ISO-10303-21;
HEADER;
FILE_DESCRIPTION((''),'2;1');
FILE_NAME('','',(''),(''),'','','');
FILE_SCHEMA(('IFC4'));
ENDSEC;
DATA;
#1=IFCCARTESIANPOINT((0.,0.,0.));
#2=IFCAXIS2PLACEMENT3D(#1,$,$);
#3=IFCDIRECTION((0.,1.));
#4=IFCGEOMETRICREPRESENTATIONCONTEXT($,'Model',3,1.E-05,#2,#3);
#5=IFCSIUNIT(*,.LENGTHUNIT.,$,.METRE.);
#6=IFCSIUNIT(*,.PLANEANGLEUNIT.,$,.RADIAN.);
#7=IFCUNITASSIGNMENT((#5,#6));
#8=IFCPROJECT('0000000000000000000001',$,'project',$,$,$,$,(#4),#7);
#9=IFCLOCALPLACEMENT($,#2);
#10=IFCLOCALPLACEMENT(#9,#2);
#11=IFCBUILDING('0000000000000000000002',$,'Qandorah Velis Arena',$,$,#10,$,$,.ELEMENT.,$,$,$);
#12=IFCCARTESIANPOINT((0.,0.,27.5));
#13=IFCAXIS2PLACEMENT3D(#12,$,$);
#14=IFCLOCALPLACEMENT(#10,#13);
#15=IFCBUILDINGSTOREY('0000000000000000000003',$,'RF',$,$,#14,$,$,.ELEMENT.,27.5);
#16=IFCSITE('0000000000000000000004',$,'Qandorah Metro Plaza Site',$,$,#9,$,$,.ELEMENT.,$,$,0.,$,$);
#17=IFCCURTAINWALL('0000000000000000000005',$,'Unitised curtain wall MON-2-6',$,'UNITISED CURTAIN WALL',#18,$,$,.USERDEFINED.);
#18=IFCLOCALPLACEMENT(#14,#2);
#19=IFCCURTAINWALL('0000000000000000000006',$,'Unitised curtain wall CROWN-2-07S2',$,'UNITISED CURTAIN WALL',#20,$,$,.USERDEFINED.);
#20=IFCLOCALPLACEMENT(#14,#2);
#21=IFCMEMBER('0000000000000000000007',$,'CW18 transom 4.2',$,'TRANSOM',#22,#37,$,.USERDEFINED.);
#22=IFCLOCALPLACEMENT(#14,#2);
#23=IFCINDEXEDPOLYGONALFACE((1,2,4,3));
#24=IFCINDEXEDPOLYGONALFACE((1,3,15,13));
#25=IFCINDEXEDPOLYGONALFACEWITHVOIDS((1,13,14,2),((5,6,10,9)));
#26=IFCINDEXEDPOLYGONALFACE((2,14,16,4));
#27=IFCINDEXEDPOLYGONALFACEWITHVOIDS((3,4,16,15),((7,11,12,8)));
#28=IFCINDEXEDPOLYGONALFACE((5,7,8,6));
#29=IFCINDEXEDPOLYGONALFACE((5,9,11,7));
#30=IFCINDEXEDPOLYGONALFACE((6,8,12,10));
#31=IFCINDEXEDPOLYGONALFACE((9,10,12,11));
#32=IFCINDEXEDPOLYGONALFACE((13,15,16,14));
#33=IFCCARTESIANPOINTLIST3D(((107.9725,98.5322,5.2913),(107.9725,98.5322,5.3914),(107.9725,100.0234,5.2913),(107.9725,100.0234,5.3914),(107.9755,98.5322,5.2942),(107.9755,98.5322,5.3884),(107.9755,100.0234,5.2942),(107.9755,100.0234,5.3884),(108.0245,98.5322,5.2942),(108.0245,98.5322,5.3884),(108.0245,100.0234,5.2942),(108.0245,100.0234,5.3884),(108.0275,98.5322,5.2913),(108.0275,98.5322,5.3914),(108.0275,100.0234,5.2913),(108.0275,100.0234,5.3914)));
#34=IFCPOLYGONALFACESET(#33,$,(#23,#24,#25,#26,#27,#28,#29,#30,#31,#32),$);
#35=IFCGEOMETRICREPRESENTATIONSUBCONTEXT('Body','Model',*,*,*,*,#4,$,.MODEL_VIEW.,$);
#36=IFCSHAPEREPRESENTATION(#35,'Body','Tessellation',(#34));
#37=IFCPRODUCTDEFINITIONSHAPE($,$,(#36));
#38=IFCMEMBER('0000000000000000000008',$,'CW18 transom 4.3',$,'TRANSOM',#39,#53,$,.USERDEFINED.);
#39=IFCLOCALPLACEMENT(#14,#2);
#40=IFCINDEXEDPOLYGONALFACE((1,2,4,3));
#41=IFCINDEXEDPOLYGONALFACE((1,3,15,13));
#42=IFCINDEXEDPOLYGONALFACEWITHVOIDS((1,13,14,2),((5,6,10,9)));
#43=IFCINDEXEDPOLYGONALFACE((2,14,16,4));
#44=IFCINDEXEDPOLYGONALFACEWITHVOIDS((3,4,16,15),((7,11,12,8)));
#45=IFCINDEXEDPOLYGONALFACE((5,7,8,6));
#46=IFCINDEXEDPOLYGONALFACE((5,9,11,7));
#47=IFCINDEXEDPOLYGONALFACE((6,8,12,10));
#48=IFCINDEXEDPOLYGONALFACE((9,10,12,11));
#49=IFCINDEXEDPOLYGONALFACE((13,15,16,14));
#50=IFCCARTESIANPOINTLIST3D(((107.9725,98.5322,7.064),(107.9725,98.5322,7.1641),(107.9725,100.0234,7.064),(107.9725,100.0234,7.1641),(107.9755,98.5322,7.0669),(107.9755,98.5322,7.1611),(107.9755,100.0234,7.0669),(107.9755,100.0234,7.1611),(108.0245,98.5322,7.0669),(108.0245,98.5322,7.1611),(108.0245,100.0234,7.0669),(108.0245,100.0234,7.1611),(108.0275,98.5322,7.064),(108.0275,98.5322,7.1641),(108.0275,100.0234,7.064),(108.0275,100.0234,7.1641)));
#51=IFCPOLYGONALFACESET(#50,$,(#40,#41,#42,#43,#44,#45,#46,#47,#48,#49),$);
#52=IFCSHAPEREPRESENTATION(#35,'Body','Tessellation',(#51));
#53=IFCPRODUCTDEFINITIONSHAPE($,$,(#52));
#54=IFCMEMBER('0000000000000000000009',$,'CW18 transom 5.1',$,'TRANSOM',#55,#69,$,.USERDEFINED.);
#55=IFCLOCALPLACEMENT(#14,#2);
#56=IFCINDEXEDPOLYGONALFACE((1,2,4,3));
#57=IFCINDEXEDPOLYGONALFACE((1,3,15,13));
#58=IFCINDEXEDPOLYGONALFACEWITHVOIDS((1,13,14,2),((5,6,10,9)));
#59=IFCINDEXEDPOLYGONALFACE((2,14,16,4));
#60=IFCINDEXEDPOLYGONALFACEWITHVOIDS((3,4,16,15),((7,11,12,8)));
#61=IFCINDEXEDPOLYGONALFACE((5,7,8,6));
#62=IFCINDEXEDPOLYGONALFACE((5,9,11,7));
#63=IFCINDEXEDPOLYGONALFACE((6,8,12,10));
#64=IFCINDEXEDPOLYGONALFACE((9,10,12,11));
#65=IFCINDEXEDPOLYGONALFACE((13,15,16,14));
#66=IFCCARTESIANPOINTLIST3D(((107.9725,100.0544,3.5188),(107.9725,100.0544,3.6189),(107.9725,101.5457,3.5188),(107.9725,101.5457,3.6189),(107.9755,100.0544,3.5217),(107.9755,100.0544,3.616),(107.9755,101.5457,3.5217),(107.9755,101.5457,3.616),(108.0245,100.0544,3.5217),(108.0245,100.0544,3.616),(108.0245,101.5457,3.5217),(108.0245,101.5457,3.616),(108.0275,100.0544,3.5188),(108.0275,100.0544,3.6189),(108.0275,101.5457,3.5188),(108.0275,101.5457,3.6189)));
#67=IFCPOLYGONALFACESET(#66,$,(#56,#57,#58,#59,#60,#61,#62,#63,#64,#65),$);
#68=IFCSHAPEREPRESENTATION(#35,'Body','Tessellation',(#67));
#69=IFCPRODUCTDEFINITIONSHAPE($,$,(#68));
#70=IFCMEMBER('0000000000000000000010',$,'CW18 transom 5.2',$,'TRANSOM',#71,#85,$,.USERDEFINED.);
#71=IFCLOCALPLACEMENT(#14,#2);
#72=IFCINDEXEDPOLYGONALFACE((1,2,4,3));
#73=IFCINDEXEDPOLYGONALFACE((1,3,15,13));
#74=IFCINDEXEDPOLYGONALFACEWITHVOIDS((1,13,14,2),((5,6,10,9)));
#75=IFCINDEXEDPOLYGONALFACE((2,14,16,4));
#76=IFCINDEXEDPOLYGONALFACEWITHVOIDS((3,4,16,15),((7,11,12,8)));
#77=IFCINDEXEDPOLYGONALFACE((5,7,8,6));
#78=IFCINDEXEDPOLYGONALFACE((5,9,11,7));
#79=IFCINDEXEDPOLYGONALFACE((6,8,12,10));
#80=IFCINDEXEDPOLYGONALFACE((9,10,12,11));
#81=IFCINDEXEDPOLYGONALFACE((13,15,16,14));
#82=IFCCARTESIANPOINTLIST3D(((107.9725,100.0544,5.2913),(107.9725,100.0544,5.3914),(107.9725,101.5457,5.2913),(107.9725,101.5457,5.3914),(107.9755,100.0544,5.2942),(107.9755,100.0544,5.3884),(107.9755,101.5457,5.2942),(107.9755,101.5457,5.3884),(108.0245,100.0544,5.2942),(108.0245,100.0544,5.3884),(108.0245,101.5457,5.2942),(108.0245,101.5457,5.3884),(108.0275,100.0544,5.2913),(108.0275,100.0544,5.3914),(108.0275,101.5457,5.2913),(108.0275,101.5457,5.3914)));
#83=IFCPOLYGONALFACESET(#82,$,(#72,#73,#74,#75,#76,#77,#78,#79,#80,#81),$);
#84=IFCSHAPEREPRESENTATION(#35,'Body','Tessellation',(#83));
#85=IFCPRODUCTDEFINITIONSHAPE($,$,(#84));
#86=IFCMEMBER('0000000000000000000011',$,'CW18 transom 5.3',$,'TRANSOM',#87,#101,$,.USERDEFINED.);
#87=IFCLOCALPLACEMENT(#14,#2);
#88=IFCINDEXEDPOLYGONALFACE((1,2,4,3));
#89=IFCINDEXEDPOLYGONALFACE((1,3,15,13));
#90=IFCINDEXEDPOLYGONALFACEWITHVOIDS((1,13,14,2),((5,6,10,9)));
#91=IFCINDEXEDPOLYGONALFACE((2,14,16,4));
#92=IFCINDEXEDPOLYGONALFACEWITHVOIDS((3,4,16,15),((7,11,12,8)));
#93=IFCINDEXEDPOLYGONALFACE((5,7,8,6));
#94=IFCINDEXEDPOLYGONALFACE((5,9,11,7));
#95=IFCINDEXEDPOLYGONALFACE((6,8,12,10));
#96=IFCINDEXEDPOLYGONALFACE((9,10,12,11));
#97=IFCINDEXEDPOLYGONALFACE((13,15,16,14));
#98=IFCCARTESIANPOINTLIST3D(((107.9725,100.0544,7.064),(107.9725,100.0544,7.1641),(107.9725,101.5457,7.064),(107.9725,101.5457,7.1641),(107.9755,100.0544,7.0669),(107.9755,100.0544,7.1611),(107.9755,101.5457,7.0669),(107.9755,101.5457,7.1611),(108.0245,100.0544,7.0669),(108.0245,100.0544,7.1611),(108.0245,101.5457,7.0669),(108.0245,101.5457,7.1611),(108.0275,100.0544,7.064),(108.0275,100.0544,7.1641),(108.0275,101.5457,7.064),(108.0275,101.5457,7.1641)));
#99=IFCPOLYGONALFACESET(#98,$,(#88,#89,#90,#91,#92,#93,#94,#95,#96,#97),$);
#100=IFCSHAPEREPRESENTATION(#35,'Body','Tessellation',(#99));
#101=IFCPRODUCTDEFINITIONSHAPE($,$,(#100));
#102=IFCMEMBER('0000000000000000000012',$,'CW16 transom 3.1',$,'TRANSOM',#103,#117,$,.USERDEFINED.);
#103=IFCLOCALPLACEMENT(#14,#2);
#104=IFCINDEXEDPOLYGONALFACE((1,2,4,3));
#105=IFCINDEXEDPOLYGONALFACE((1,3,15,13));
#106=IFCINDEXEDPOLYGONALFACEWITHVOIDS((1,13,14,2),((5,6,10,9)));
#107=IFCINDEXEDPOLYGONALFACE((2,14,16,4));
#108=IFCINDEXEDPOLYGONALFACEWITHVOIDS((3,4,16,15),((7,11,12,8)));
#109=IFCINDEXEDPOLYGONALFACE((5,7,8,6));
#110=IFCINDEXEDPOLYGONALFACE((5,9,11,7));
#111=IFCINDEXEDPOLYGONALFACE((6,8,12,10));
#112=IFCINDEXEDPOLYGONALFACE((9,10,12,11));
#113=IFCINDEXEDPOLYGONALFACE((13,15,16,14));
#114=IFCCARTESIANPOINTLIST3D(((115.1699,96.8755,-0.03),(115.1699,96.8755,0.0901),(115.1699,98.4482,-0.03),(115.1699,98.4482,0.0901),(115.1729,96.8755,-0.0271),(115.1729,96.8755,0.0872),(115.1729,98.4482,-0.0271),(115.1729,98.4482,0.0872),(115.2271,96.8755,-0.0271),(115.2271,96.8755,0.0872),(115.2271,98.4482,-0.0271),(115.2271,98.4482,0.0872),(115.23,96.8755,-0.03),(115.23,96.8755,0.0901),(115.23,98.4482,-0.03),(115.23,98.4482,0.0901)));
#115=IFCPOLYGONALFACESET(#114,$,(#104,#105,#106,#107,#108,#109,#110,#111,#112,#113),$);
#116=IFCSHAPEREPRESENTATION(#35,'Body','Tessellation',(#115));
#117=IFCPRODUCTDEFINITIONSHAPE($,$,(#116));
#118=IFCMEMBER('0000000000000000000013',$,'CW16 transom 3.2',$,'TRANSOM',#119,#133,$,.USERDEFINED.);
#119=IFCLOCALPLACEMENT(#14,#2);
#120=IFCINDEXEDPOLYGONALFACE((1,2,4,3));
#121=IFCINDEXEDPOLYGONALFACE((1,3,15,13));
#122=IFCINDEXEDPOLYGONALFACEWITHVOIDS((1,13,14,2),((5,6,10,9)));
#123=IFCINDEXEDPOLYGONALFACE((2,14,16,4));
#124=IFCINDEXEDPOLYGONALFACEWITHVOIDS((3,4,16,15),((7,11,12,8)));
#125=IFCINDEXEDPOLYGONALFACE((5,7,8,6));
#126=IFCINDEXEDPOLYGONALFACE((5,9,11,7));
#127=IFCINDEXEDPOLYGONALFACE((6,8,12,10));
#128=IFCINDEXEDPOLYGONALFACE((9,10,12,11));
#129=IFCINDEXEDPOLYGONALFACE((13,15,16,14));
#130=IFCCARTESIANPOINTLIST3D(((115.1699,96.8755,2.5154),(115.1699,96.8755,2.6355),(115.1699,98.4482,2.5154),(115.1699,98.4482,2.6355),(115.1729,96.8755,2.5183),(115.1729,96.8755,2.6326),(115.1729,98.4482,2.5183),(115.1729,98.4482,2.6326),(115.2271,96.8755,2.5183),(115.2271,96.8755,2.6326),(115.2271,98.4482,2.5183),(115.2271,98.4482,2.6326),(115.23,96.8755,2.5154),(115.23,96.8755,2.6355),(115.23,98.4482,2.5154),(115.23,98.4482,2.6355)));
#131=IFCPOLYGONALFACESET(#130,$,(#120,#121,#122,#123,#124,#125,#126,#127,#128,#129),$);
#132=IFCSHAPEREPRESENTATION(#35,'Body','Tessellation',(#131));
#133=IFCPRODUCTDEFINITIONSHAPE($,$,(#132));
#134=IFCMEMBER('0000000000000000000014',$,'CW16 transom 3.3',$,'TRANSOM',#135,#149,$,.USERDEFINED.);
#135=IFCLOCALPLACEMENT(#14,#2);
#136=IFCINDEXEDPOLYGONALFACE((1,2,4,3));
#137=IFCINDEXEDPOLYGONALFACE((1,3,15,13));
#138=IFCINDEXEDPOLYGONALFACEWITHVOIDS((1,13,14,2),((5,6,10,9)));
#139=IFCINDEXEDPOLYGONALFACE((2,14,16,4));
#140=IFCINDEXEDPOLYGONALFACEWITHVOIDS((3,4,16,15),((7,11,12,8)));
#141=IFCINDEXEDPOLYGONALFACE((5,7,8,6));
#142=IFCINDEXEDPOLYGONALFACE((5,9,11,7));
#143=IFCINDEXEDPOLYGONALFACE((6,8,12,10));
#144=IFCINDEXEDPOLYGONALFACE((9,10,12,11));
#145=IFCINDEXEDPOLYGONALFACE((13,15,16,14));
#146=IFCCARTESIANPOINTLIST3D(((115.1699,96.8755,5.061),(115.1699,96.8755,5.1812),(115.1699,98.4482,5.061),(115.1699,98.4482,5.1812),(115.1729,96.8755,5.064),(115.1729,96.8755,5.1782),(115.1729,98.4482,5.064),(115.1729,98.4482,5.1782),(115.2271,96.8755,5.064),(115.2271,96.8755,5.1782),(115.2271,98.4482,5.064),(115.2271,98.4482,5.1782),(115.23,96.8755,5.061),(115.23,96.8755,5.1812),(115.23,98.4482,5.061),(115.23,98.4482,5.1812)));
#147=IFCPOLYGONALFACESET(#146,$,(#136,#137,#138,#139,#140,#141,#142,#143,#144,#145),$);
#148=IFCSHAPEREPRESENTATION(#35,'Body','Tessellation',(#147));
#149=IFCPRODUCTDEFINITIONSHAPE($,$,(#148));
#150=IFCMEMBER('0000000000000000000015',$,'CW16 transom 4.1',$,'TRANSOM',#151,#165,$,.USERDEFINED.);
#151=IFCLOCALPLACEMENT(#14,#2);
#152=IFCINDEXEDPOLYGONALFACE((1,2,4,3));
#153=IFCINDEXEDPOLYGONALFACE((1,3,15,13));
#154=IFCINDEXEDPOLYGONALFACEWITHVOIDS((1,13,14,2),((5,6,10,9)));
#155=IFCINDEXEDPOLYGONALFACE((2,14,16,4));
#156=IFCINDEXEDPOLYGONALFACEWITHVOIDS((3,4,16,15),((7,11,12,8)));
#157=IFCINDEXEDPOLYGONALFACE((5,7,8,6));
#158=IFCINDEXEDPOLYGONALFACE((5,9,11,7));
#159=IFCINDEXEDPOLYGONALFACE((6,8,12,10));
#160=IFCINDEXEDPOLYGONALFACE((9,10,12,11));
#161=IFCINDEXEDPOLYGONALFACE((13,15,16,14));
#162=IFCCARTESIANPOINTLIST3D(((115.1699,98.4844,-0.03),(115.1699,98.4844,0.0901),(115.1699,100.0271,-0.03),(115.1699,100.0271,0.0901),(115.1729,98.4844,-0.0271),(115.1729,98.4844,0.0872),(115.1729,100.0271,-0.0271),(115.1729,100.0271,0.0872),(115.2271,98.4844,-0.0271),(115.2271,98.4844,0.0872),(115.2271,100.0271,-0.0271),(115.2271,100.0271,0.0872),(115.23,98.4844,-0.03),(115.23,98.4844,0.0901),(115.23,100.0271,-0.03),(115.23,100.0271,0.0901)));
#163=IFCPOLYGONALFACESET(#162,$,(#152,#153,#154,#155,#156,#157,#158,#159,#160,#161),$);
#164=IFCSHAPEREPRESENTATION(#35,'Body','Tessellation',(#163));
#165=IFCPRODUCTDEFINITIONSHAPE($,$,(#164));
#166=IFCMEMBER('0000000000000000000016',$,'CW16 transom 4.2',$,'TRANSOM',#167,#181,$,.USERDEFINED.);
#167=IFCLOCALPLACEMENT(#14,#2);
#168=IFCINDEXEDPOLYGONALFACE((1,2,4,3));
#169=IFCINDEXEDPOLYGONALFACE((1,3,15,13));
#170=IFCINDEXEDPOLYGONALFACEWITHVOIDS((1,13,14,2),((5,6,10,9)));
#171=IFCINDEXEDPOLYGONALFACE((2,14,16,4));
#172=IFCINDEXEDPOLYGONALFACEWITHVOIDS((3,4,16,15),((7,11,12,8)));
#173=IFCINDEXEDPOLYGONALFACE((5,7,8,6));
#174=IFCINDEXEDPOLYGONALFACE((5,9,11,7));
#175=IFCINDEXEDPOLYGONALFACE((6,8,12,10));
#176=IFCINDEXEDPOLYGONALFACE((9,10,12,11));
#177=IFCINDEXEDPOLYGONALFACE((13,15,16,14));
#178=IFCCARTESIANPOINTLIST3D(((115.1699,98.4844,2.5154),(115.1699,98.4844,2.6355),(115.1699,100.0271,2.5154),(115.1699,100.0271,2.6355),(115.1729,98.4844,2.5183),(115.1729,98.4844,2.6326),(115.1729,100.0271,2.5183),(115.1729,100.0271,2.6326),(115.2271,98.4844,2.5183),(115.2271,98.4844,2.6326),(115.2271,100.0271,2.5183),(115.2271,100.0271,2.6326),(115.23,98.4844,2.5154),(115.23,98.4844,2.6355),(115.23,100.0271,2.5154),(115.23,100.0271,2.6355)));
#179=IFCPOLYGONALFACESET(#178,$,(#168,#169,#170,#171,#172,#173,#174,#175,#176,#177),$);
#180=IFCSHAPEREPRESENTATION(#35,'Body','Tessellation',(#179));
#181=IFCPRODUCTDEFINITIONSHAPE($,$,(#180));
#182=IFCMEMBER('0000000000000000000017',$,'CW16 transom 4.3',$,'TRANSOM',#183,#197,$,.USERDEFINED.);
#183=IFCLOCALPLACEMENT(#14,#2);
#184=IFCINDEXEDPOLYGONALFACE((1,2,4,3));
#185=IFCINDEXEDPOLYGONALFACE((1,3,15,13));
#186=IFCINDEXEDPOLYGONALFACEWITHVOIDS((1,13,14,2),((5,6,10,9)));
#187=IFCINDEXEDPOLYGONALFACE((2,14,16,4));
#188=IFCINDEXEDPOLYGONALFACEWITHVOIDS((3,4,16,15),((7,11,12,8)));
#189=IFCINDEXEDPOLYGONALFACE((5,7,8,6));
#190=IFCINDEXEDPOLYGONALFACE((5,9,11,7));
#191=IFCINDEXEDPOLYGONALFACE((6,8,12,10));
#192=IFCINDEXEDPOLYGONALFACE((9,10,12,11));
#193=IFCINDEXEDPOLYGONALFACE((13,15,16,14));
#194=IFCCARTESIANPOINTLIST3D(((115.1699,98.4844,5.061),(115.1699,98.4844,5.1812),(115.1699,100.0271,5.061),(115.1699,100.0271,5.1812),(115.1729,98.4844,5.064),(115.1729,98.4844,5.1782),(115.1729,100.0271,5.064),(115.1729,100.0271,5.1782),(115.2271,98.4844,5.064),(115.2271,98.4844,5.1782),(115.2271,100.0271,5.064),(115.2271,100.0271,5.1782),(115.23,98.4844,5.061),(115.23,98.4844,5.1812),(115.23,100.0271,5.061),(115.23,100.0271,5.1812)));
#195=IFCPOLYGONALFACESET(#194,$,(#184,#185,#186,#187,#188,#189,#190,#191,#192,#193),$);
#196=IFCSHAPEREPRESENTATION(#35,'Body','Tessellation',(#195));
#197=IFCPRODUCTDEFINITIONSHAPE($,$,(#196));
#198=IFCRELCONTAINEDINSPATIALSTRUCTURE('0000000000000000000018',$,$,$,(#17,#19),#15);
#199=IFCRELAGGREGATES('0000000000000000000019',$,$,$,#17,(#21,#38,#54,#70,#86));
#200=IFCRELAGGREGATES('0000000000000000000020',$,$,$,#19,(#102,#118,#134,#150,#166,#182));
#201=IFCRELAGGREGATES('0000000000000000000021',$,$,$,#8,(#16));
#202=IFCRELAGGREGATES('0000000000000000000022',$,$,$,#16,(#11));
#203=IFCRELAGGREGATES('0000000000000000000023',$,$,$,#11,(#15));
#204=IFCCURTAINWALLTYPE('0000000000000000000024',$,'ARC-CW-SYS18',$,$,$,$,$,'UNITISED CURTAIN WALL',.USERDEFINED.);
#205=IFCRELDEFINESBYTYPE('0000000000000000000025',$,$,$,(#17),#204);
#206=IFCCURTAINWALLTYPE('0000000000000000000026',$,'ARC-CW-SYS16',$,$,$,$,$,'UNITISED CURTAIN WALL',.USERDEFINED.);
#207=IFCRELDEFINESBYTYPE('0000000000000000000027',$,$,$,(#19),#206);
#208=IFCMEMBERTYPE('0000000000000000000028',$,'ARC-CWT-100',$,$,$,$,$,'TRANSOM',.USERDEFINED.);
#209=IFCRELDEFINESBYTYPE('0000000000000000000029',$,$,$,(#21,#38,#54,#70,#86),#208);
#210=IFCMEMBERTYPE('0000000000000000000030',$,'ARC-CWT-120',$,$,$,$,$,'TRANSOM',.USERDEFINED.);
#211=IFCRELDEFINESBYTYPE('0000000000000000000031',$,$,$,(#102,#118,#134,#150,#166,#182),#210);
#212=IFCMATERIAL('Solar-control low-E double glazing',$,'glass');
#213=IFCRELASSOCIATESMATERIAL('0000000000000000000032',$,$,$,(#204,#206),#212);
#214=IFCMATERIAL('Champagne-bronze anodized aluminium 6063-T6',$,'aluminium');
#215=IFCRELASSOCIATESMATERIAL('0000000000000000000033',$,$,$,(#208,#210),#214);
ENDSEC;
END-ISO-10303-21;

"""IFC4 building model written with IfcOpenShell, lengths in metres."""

from ifc_helpers import new_model, si_unit, direction, frame, origin, origin_2d, place, context, subcontext, project, spatial, hollow_rectangle, extrude, material, material_profile, profile_set, type_object, element, aggregate, save


model = new_model("IFC4")

# Units and contexts
model_context = context("Model", 3, precision=1e-05, world=origin(), true_north=direction((0.0, 1.0)))
body_context = subcontext(model_context, "Body", "Model", "MODEL_VIEW")
ifc_project = project(units=[si_unit("LENGTHUNIT", "METRE"), si_unit("PLANEANGLEUNIT", "RADIAN")], contexts=[model_context])

# Site, building, storey
site_placement = place(None, origin())
site = spatial("IfcSite", under=ifc_project, at=site_placement, Name="Qandorah Metro Plaza Site", CompositionType="ELEMENT", RefElevation=0.0)
building_placement = place(site_placement, origin())
building = spatial("IfcBuilding", under=site, at=building_placement, Name="Qandorah Velis Arena", CompositionType="ELEMENT")
storey_placement = place(building_placement, frame((0.0, 0.0, 27.5)))
storey = spatial("IfcBuildingStorey", under=building, at=storey_placement, Name="RF", CompositionType="ELEMENT", Elevation=27.5)

# Curtain walls
ifc_material_1 = material(Name="Solar-control low-E double glazing", Category="glass")
curtain_wall_type_1 = type_object("IfcCurtainWallType", Name="ARC-CW-SYS18", ElementType="UNITISED CURTAIN WALL", PredefinedType="USERDEFINED", material=ifc_material_1)
curtain_wall_1_placement = place(storey_placement, origin())
curtain_wall_1 = element("IfcCurtainWall", 1, at=curtain_wall_1_placement, inside=storey, type_object=curtain_wall_type_1, Name="Unitised curtain wall MON-2-6", ObjectType="UNITISED CURTAIN WALL", PredefinedType="USERDEFINED")
ifc_material_2 = material(Name="Champagne-bronze anodized aluminium 6063-T6", Category="aluminium")
curtain_wall_type_2 = type_object("IfcCurtainWallType", Name="ARC-CW-SYS16", ElementType="UNITISED CURTAIN WALL", PredefinedType="USERDEFINED", material=ifc_material_1)
curtain_wall_2_placement = place(storey_placement, origin())
curtain_wall_2 = element("IfcCurtainWall", 2, at=curtain_wall_2_placement, inside=storey, type_object=curtain_wall_type_2, Name="Unitised curtain wall CROWN-2-07S2", ObjectType="UNITISED CURTAIN WALL", PredefinedType="USERDEFINED")

# Members
ifc_material_profile_1 = material_profile(ifc_material_2, hollow_rectangle(XDim=0.0549, YDim=0.1001, WallThickness=0.0029, at=origin_2d()), Name="ALU TRANSOM 55x100")
ifc_profile_set_1 = profile_set([ifc_material_profile_1], Name="Champagne-bronze anodized aluminium 6063-T6")
member_type_1 = type_object("IfcMemberType", Name="ARC-CWT-100", ElementType="TRANSOM", PredefinedType="USERDEFINED", material=ifc_profile_set_1)
member_1_placement = place(storey_placement, frame((108.0, 98.5322, 5.3413), z_axis=(0.0, 1.0, 0.0), x_axis=(-1.0, 0.0, 0.0)))
member_1 = element("IfcMember", 3, at=member_1_placement, type_object=member_type_1, Name="CW18 transom 4.2", ObjectType="TRANSOM", PredefinedType="USERDEFINED", context=body_context, shape_type="SweptSolid", body=[
    extrude(hollow_rectangle(XDim=0.0549, YDim=0.1001, WallThickness=0.0029, at=origin_2d()), origin(), (0.0, 0.0, 1.0), 1.4912),
])
member_2_placement = place(storey_placement, frame((108.0, 98.5322, 7.114), z_axis=(0.0, 1.0, 0.0), x_axis=(-1.0, 0.0, 0.0)))
member_2 = element("IfcMember", 4, at=member_2_placement, type_object=member_type_1, Name="CW18 transom 4.3", ObjectType="TRANSOM", PredefinedType="USERDEFINED", context=body_context, shape_type="SweptSolid", body=[
    extrude(hollow_rectangle(XDim=0.0549, YDim=0.1001, WallThickness=0.0029, at=origin_2d()), origin(), (0.0, 0.0, 1.0), 1.4912),
])
member_3_placement = place(storey_placement, frame((108.0, 100.0544, 3.5688), z_axis=(0.0, 1.0, 0.0), x_axis=(-1.0, 0.0, 0.0)))
member_3 = element("IfcMember", 5, at=member_3_placement, type_object=member_type_1, Name="CW18 transom 5.1", ObjectType="TRANSOM", PredefinedType="USERDEFINED", context=body_context, shape_type="SweptSolid", body=[
    extrude(hollow_rectangle(XDim=0.0549, YDim=0.1001, WallThickness=0.0029, at=origin_2d()), origin(), (0.0, 0.0, 1.0), 1.4912),
])
member_4_placement = place(storey_placement, frame((108.0, 100.0544, 5.3413), z_axis=(0.0, 1.0, 0.0), x_axis=(-1.0, 0.0, 0.0)))
member_4 = element("IfcMember", 6, at=member_4_placement, type_object=member_type_1, Name="CW18 transom 5.2", ObjectType="TRANSOM", PredefinedType="USERDEFINED", context=body_context, shape_type="SweptSolid", body=[
    extrude(hollow_rectangle(XDim=0.0549, YDim=0.1001, WallThickness=0.0029, at=origin_2d()), origin(), (0.0, 0.0, 1.0), 1.4912),
])
member_5_placement = place(storey_placement, frame((108.0, 100.0544, 7.114), z_axis=(0.0, 1.0, 0.0), x_axis=(-1.0, 0.0, 0.0)))
member_5 = element("IfcMember", 7, at=member_5_placement, type_object=member_type_1, Name="CW18 transom 5.3", ObjectType="TRANSOM", PredefinedType="USERDEFINED", context=body_context, shape_type="SweptSolid", body=[
    extrude(hollow_rectangle(XDim=0.0549, YDim=0.1001, WallThickness=0.0029, at=origin_2d()), origin(), (0.0, 0.0, 1.0), 1.4912),
])
ifc_material_profile_2 = material_profile(ifc_material_2, hollow_rectangle(XDim=0.0601, YDim=0.1201, WallThickness=0.0029, at=origin_2d()), Name="ALU TRANSOM 60x120")
ifc_profile_set_2 = profile_set([ifc_material_profile_2], Name="Champagne-bronze anodized aluminium 6063-T6")
member_type_2 = type_object("IfcMemberType", Name="ARC-CWT-120", ElementType="TRANSOM", PredefinedType="USERDEFINED", material=ifc_profile_set_2)
member_6_placement = place(storey_placement, frame((115.2, 96.8755, 0.03), z_axis=(0.0, 1.0, 0.0), x_axis=(-1.0, 0.0, 0.0)))
member_6 = element("IfcMember", 8, at=member_6_placement, type_object=member_type_2, Name="CW16 transom 3.1", ObjectType="TRANSOM", PredefinedType="USERDEFINED", context=body_context, shape_type="SweptSolid", body=[
    extrude(hollow_rectangle(XDim=0.0601, YDim=0.1201, WallThickness=0.0029, at=origin_2d()), origin(), (0.0, 0.0, 1.0), 1.5728),
])
member_7_placement = place(storey_placement, frame((115.2, 96.8755, 2.5754), z_axis=(0.0, 1.0, 0.0), x_axis=(-1.0, 0.0, 0.0)))
member_7 = element("IfcMember", 9, at=member_7_placement, type_object=member_type_2, Name="CW16 transom 3.2", ObjectType="TRANSOM", PredefinedType="USERDEFINED", context=body_context, shape_type="SweptSolid", body=[
    extrude(hollow_rectangle(XDim=0.0601, YDim=0.1201, WallThickness=0.0029, at=origin_2d()), origin(), (0.0, 0.0, 1.0), 1.5728),
])
member_8_placement = place(storey_placement, frame((115.2, 96.8755, 5.1211), z_axis=(0.0, 1.0, 0.0), x_axis=(-1.0, 0.0, 0.0)))
member_8 = element("IfcMember", 10, at=member_8_placement, type_object=member_type_2, Name="CW16 transom 3.3", ObjectType="TRANSOM", PredefinedType="USERDEFINED", context=body_context, shape_type="SweptSolid", body=[
    extrude(hollow_rectangle(XDim=0.0601, YDim=0.1201, WallThickness=0.0029, at=origin_2d()), origin(), (0.0, 0.0, 1.0), 1.5728),
])
member_9_placement = place(storey_placement, frame((115.2, 98.4844, 0.03), z_axis=(0.0, 1.0, 0.0), x_axis=(-1.0, 0.0, 0.0)))
member_9 = element("IfcMember", 11, at=member_9_placement, type_object=member_type_2, Name="CW16 transom 4.1", ObjectType="TRANSOM", PredefinedType="USERDEFINED", context=body_context, shape_type="SweptSolid", body=[
    extrude(hollow_rectangle(XDim=0.0601, YDim=0.1201, WallThickness=0.0029, at=origin_2d()), origin(), (0.0, 0.0, 1.0), 1.5427),
])
member_10_placement = place(storey_placement, frame((115.2, 98.4844, 2.5754), z_axis=(0.0, 1.0, 0.0), x_axis=(-1.0, 0.0, 0.0)))
member_10 = element("IfcMember", 12, at=member_10_placement, type_object=member_type_2, Name="CW16 transom 4.2", ObjectType="TRANSOM", PredefinedType="USERDEFINED", context=body_context, shape_type="SweptSolid", body=[
    extrude(hollow_rectangle(XDim=0.0601, YDim=0.1201, WallThickness=0.0029, at=origin_2d()), origin(), (0.0, 0.0, 1.0), 1.5427),
])
member_11_placement = place(storey_placement, frame((115.2, 98.4844, 5.1211), z_axis=(0.0, 1.0, 0.0), x_axis=(-1.0, 0.0, 0.0)))
member_11 = element("IfcMember", 13, at=member_11_placement, type_object=member_type_2, Name="CW16 transom 4.3", ObjectType="TRANSOM", PredefinedType="USERDEFINED", context=body_context, shape_type="SweptSolid", body=[
    extrude(hollow_rectangle(XDim=0.0601, YDim=0.1201, WallThickness=0.0029, at=origin_2d()), origin(), (0.0, 0.0, 1.0), 1.5427),
])

aggregate(curtain_wall_1, [member_1, member_2, member_3, member_4, member_5])
aggregate(curtain_wall_2, [member_6, member_7, member_8, member_9, member_10, member_11])

save(model, "model.ifc")
